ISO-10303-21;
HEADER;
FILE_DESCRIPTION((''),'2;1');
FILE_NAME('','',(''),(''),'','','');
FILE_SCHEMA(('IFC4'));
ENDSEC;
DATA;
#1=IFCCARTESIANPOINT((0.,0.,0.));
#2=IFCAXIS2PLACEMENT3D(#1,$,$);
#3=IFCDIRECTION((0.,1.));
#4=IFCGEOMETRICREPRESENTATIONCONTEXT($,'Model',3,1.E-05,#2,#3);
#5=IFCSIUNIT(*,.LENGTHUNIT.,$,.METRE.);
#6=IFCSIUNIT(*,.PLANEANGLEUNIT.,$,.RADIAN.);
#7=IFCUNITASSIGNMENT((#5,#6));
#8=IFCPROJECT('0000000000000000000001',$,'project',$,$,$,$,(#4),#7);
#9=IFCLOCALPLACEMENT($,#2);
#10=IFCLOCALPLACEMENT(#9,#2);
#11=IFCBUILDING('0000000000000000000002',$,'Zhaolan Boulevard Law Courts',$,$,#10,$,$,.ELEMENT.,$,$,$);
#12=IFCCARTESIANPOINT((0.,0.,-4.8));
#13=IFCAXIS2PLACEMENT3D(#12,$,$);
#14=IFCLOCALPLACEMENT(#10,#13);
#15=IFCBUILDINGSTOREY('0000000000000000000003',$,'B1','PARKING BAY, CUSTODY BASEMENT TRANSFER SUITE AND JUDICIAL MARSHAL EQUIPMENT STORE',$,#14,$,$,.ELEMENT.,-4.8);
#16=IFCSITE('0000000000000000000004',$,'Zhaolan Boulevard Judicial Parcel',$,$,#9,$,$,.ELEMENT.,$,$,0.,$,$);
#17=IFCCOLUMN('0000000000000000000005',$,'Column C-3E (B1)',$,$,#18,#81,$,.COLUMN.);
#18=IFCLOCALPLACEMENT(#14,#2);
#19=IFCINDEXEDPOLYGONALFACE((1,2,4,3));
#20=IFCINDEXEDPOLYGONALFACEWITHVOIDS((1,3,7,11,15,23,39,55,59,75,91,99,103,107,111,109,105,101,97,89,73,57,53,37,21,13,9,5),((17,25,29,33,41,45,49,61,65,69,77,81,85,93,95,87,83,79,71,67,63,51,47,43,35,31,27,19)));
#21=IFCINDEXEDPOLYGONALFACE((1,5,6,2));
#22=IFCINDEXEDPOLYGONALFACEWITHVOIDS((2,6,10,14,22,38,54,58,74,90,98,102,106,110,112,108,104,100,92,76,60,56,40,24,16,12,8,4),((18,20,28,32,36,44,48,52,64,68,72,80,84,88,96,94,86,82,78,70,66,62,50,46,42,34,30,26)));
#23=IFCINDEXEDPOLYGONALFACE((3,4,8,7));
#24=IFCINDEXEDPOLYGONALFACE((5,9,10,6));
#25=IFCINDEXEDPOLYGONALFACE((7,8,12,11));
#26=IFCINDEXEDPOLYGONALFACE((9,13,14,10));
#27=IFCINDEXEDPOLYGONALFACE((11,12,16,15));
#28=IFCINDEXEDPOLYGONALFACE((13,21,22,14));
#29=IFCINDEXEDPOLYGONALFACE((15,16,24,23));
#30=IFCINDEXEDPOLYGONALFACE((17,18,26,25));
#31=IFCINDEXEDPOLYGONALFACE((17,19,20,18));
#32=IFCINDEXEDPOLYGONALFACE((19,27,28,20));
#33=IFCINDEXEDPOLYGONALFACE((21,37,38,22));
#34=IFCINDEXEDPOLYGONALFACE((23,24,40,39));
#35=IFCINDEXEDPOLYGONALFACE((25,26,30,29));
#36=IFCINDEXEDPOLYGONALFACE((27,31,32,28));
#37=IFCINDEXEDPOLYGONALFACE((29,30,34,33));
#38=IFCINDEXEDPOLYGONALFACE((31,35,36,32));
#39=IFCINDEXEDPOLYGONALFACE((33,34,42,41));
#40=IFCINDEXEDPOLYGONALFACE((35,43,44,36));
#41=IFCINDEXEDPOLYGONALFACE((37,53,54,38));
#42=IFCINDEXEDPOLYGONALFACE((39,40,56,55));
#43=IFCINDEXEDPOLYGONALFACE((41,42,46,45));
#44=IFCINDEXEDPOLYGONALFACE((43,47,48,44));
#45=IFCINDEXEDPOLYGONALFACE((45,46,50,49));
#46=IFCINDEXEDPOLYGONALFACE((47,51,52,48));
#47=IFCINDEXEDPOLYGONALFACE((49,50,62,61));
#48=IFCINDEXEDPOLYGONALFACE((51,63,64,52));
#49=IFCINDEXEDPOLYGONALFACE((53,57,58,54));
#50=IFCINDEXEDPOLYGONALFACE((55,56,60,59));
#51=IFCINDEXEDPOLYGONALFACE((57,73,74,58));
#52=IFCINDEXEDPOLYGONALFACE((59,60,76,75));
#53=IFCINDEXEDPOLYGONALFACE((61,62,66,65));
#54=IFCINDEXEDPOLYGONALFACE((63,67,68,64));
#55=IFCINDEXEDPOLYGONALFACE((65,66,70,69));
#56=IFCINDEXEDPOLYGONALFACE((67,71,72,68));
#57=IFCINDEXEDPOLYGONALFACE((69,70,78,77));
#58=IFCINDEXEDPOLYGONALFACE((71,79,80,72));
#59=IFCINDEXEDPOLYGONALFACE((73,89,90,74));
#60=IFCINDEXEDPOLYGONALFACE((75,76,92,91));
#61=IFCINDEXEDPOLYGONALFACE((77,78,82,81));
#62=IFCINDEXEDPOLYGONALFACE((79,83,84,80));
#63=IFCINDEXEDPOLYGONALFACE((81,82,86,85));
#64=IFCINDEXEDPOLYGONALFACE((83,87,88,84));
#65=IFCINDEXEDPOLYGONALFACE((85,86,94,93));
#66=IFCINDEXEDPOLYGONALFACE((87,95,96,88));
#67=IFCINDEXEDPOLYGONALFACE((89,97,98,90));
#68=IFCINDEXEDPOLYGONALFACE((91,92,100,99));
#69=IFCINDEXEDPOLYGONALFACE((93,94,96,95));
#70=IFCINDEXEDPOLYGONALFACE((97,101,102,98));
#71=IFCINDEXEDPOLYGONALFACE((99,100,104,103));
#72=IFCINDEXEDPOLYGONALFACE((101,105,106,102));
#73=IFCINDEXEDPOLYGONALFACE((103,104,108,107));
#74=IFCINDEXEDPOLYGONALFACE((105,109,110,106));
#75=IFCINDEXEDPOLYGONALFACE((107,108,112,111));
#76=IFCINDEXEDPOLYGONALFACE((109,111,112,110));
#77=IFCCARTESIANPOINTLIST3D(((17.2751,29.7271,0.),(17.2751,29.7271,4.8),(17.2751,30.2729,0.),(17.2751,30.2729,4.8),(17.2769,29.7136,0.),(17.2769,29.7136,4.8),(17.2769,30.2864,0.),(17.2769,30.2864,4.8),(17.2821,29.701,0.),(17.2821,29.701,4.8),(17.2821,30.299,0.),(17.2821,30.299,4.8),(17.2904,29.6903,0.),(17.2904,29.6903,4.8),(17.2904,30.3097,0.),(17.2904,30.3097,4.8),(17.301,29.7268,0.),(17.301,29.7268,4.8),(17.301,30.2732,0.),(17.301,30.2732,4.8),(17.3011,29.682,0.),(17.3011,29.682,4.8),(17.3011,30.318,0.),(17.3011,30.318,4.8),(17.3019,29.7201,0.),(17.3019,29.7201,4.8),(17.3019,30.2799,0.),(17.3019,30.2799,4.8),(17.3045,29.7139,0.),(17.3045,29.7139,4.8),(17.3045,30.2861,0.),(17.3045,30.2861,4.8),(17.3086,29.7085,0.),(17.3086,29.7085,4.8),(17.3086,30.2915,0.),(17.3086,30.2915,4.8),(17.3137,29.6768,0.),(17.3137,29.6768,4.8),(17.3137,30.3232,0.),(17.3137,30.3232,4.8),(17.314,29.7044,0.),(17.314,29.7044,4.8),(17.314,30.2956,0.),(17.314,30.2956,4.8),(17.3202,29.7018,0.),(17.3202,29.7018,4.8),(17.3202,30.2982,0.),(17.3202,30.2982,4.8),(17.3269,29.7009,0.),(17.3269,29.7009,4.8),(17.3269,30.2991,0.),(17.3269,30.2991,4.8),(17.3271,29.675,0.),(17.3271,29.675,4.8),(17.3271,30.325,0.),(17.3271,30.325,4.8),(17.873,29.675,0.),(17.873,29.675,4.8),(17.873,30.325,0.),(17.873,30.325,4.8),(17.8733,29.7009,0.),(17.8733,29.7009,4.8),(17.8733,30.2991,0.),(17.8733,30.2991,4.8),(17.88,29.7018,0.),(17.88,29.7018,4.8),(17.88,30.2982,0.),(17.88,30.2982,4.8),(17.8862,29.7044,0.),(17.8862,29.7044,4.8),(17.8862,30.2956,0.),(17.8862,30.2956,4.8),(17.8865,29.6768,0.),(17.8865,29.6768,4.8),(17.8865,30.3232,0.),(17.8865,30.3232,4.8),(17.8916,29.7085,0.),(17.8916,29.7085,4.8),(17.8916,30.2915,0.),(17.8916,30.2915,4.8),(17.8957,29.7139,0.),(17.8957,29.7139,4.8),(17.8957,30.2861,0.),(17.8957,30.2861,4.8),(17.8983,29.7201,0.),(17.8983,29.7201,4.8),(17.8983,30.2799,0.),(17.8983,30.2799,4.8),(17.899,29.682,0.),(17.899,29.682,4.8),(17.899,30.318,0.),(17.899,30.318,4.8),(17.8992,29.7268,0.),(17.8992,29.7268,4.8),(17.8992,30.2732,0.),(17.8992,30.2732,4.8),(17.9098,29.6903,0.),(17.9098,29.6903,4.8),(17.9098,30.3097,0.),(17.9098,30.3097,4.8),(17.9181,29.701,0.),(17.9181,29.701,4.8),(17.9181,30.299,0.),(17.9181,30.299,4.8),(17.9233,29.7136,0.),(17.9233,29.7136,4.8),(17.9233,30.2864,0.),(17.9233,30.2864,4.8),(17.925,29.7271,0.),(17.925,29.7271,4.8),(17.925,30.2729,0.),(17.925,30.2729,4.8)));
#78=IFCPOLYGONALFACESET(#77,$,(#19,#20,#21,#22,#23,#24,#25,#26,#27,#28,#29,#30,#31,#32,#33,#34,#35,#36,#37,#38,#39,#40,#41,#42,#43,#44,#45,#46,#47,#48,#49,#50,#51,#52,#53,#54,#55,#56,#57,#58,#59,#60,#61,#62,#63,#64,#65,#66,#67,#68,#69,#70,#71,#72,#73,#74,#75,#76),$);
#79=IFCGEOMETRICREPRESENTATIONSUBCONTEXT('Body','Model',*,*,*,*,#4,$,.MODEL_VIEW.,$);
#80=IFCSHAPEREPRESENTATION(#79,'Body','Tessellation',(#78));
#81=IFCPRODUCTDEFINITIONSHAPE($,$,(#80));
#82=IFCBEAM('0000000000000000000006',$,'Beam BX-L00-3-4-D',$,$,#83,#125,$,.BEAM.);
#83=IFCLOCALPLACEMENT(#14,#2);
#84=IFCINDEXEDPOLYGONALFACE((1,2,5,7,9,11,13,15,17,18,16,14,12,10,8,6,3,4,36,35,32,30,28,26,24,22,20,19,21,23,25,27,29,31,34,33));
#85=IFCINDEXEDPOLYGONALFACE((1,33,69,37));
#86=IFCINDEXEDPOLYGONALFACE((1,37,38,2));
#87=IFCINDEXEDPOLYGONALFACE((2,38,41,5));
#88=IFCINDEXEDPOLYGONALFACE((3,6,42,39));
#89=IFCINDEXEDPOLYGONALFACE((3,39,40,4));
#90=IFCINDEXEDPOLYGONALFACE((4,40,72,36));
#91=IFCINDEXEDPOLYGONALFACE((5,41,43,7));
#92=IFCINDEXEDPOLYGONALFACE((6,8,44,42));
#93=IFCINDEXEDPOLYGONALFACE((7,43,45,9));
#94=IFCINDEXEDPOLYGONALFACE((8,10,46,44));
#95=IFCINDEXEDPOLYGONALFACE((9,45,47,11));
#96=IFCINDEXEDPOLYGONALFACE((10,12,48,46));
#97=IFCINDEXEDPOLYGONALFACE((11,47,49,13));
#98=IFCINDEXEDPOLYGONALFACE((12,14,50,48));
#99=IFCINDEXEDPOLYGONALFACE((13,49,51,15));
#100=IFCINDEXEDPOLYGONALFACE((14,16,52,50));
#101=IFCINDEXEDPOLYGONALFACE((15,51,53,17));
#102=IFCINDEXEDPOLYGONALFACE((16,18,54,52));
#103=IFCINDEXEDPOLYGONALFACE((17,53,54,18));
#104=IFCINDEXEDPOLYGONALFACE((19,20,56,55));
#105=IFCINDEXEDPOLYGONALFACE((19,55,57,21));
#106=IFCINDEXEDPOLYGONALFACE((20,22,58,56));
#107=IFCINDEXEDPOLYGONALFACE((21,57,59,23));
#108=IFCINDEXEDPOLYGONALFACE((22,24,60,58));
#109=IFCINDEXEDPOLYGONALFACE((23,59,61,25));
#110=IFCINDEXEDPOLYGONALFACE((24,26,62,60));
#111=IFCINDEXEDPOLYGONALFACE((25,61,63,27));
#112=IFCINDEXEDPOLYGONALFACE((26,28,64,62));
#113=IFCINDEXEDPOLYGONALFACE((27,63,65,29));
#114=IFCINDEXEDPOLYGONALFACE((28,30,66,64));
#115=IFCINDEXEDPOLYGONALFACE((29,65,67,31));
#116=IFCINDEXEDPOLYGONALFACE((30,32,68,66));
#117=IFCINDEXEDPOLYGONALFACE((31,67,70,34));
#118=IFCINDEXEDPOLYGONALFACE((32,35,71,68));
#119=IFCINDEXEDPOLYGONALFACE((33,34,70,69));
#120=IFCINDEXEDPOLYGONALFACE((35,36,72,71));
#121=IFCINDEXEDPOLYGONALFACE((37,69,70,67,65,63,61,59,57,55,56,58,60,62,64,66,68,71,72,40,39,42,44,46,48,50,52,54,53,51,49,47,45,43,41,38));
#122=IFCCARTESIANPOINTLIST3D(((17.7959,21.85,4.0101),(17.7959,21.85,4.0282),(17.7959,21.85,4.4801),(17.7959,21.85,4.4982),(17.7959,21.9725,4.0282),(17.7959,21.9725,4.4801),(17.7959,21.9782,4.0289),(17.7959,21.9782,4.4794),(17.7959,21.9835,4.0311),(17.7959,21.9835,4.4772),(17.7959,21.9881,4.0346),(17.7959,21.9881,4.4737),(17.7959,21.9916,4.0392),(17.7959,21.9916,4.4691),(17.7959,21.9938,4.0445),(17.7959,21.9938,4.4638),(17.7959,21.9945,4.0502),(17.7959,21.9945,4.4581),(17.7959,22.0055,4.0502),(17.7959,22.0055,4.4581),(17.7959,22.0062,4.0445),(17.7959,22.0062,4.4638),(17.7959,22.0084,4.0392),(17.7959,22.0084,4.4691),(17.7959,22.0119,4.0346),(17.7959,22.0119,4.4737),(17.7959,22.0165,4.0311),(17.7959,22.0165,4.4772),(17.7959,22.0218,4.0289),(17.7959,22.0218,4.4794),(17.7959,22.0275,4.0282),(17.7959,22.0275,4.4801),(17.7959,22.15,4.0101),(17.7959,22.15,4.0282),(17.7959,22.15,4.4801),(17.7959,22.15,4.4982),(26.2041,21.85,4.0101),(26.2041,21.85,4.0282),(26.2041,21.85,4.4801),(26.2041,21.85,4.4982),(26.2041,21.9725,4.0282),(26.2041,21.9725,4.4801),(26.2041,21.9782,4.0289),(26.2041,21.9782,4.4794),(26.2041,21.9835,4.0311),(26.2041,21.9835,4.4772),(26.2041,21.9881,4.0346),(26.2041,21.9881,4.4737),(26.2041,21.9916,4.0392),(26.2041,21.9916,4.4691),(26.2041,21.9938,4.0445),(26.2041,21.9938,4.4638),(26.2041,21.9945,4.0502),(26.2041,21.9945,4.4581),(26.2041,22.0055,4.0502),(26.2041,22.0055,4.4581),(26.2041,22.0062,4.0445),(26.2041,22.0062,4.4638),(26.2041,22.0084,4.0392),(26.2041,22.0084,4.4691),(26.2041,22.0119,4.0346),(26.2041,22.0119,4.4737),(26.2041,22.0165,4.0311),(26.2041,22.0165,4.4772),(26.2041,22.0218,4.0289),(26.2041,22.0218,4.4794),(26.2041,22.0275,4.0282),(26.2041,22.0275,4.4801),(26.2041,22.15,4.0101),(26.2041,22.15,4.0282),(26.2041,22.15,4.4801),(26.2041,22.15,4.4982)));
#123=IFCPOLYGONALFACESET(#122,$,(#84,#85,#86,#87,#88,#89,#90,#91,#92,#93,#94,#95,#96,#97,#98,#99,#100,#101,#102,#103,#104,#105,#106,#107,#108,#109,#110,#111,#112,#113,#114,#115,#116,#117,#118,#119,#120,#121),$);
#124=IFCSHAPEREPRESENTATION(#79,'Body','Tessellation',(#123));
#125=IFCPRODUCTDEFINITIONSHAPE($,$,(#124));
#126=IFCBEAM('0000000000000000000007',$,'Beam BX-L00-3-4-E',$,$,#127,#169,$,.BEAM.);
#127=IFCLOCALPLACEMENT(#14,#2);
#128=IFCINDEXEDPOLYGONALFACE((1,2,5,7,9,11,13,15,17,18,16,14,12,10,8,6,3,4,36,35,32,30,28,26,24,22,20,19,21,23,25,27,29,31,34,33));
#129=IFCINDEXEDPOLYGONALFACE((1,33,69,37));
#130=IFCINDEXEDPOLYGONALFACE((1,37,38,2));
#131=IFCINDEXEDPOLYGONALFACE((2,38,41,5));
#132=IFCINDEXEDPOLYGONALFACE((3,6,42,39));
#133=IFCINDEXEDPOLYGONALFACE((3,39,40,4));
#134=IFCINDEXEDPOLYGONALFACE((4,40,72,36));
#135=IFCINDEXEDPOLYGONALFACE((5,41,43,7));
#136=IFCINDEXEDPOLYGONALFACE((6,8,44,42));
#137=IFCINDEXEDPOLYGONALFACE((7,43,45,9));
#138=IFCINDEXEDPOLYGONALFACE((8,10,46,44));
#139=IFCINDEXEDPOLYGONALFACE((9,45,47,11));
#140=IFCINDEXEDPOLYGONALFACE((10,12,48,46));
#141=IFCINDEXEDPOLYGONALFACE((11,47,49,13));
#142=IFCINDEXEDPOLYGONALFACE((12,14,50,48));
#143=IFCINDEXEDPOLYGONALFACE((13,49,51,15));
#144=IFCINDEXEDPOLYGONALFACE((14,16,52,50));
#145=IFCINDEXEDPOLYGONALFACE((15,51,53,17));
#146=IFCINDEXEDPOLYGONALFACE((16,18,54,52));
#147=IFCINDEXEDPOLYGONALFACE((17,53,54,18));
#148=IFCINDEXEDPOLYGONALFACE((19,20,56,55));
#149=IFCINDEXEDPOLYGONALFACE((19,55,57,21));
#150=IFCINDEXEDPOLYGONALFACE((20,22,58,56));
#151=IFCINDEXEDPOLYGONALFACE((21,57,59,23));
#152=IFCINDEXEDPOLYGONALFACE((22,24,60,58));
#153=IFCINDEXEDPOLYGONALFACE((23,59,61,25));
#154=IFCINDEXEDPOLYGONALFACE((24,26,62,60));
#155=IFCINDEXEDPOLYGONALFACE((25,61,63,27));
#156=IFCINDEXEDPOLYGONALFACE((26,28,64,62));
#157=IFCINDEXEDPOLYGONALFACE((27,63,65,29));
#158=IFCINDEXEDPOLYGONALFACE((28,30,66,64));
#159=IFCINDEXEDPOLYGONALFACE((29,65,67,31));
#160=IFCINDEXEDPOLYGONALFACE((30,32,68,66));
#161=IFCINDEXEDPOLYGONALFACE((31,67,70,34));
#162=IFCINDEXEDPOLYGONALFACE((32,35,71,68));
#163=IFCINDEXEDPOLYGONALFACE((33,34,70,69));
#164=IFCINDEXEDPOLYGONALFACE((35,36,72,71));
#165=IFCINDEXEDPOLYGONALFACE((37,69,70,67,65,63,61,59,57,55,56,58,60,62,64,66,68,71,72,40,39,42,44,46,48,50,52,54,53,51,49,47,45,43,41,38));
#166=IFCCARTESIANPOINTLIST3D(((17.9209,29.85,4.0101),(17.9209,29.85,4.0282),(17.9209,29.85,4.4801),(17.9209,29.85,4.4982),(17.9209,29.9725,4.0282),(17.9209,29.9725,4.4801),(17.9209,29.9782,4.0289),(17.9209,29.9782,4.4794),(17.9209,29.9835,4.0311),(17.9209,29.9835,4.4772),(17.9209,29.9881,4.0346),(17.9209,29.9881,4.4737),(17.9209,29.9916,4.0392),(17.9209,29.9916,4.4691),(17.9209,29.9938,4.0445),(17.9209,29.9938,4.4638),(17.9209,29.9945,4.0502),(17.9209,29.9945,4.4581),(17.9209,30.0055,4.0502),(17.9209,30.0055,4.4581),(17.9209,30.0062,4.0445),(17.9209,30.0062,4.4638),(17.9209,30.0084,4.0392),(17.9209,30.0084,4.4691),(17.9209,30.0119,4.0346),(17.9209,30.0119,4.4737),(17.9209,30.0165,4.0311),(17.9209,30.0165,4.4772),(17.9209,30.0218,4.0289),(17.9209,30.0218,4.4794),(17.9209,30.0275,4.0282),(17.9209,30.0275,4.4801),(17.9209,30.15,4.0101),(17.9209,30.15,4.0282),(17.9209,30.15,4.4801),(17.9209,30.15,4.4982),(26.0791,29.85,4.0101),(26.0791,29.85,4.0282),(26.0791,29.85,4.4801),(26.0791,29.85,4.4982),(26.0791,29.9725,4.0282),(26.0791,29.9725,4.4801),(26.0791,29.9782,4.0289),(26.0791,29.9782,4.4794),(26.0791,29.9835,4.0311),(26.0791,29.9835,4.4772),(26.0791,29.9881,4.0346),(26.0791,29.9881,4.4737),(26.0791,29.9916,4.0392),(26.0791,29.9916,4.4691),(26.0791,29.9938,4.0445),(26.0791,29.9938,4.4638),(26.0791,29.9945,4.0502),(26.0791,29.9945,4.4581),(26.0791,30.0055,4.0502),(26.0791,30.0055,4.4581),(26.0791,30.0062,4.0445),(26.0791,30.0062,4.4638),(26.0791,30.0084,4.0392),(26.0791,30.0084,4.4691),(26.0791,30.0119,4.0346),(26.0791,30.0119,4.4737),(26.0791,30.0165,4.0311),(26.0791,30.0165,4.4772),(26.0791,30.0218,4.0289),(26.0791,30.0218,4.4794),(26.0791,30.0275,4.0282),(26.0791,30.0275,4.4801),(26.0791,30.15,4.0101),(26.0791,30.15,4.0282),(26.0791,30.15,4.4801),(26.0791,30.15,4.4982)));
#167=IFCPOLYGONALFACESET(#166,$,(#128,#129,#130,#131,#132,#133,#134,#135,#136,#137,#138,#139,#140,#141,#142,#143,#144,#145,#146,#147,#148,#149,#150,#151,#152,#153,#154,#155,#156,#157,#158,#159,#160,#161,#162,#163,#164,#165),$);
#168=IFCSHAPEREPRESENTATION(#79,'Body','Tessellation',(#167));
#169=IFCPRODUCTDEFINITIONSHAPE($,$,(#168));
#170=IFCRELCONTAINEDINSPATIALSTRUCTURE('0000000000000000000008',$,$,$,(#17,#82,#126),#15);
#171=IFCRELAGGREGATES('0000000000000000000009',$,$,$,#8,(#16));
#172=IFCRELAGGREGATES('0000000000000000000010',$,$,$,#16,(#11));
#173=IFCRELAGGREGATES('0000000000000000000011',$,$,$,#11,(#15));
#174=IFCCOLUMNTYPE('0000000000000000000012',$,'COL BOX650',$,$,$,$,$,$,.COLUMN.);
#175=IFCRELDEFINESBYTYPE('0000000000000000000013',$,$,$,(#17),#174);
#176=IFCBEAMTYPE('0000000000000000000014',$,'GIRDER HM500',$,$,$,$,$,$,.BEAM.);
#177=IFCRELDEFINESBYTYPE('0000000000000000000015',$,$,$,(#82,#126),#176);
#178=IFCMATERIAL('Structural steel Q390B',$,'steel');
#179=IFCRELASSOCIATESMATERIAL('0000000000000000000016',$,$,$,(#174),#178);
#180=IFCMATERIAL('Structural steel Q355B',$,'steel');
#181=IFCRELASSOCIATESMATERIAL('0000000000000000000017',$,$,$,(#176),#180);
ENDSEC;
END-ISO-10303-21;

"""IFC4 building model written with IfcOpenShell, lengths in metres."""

from ifc_helpers import new_model, si_unit, direction, frame, origin, origin_2d, place, context, subcontext, project, spatial, hollow_rectangle, i_section, extrude, material, material_profile, profile_set, type_object, element, save


model = new_model("IFC4")

# Units and contexts
model_context = context("Model", 3, precision=1e-05, world=origin(), true_north=direction((0.0, 1.0)))
body_context = subcontext(model_context, "Body", "Model", "MODEL_VIEW")
ifc_project = project(units=[si_unit("LENGTHUNIT", "METRE"), si_unit("PLANEANGLEUNIT", "RADIAN")], contexts=[model_context])

# Site, building, storey
site_placement = place(None, origin())
site = spatial("IfcSite", under=ifc_project, at=site_placement, Name="Zhaolan Boulevard Judicial Parcel", CompositionType="ELEMENT", RefElevation=0.0)
building_placement = place(site_placement, origin())
building = spatial("IfcBuilding", under=site, at=building_placement, Name="Zhaolan Boulevard Law Courts", CompositionType="ELEMENT")
storey_placement = place(building_placement, frame((0.0, 0.0, -4.8)))
storey = spatial("IfcBuildingStorey", under=building, at=storey_placement, Name="B1", Description="PARKING BAY, CUSTODY BASEMENT TRANSFER SUITE AND JUDICIAL MARSHAL EQUIPMENT STORE", CompositionType="ELEMENT", Elevation=-4.8)

# Column
ifc_material_1 = material(Name="Structural steel Q390B", Category="steel")
ifc_material_profile_1 = material_profile(ifc_material_1, hollow_rectangle(XDim=0.6499, YDim=0.6499, WallThickness=0.0259, InnerFilletRadius=0.0259, OuterFilletRadius=0.052, at=origin_2d()), Name="BOX650x650x26")
ifc_profile_set_1 = profile_set([ifc_material_profile_1], Name="Structural steel Q390B")
column_type_1 = type_object("IfcColumnType", Name="COL BOX650", PredefinedType="COLUMN", material=ifc_profile_set_1)
column_1_placement = place(storey_placement, frame((17.6001, 30.0, 0.0), z_axis=(0.0, 0.0, 1.0), x_axis=(1.0, 0.0, 0.0)))
element("IfcColumn", 1, at=column_1_placement, inside=storey, type_object=column_type_1, Name="Column C-3E (B1)", PredefinedType="COLUMN", context=body_context, shape_type="SweptSolid", body=[
    extrude(hollow_rectangle(XDim=0.6499, YDim=0.6499, WallThickness=0.0259, InnerFilletRadius=0.0259, OuterFilletRadius=0.052, at=origin_2d()), origin(), (0.0, 0.0, 1.0), 4.8),
])

# Beams
ifc_material_2 = material(Name="Structural steel Q355B", Category="steel")
ifc_material_profile_2 = material_profile(ifc_material_2, i_section(OverallWidth=0.3, OverallDepth=0.488, WebThickness=0.011, FlangeThickness=0.0181, FilletRadius=0.022, at=origin_2d()), Name="HM488x300")
ifc_profile_set_2 = profile_set([ifc_material_profile_2], Name="Structural steel Q355B")
beam_type_1 = type_object("IfcBeamType", Name="GIRDER HM500", PredefinedType="BEAM", material=ifc_profile_set_2)
beam_1_placement = place(storey_placement, frame((17.7959, 22.0, 4.2542), z_axis=(1.0, 0.0, 0.0), x_axis=(0.0, 1.0, 0.0)))
element("IfcBeam", 2, at=beam_1_placement, inside=storey, type_object=beam_type_1, Name="Beam BX-L00-3-4-D", PredefinedType="BEAM", context=body_context, shape_type="SweptSolid", body=[
    extrude(i_section(OverallWidth=0.3, OverallDepth=0.488, WebThickness=0.011, FlangeThickness=0.0181, FilletRadius=0.022, at=origin_2d()), origin(), (0.0, 0.0, 1.0), 8.4082),
])
beam_2_placement = place(storey_placement, frame((17.9209, 30.0, 4.2542), z_axis=(1.0, 0.0, 0.0), x_axis=(0.0, 1.0, 0.0)))
element("IfcBeam", 3, at=beam_2_placement, inside=storey, type_object=beam_type_1, Name="Beam BX-L00-3-4-E", PredefinedType="BEAM", context=body_context, shape_type="SweptSolid", body=[
    extrude(i_section(OverallWidth=0.3, OverallDepth=0.488, WebThickness=0.011, FlangeThickness=0.0181, FilletRadius=0.022, at=origin_2d()), origin(), (0.0, 0.0, 1.0), 8.1582),
])

save(model, "model.ifc")
